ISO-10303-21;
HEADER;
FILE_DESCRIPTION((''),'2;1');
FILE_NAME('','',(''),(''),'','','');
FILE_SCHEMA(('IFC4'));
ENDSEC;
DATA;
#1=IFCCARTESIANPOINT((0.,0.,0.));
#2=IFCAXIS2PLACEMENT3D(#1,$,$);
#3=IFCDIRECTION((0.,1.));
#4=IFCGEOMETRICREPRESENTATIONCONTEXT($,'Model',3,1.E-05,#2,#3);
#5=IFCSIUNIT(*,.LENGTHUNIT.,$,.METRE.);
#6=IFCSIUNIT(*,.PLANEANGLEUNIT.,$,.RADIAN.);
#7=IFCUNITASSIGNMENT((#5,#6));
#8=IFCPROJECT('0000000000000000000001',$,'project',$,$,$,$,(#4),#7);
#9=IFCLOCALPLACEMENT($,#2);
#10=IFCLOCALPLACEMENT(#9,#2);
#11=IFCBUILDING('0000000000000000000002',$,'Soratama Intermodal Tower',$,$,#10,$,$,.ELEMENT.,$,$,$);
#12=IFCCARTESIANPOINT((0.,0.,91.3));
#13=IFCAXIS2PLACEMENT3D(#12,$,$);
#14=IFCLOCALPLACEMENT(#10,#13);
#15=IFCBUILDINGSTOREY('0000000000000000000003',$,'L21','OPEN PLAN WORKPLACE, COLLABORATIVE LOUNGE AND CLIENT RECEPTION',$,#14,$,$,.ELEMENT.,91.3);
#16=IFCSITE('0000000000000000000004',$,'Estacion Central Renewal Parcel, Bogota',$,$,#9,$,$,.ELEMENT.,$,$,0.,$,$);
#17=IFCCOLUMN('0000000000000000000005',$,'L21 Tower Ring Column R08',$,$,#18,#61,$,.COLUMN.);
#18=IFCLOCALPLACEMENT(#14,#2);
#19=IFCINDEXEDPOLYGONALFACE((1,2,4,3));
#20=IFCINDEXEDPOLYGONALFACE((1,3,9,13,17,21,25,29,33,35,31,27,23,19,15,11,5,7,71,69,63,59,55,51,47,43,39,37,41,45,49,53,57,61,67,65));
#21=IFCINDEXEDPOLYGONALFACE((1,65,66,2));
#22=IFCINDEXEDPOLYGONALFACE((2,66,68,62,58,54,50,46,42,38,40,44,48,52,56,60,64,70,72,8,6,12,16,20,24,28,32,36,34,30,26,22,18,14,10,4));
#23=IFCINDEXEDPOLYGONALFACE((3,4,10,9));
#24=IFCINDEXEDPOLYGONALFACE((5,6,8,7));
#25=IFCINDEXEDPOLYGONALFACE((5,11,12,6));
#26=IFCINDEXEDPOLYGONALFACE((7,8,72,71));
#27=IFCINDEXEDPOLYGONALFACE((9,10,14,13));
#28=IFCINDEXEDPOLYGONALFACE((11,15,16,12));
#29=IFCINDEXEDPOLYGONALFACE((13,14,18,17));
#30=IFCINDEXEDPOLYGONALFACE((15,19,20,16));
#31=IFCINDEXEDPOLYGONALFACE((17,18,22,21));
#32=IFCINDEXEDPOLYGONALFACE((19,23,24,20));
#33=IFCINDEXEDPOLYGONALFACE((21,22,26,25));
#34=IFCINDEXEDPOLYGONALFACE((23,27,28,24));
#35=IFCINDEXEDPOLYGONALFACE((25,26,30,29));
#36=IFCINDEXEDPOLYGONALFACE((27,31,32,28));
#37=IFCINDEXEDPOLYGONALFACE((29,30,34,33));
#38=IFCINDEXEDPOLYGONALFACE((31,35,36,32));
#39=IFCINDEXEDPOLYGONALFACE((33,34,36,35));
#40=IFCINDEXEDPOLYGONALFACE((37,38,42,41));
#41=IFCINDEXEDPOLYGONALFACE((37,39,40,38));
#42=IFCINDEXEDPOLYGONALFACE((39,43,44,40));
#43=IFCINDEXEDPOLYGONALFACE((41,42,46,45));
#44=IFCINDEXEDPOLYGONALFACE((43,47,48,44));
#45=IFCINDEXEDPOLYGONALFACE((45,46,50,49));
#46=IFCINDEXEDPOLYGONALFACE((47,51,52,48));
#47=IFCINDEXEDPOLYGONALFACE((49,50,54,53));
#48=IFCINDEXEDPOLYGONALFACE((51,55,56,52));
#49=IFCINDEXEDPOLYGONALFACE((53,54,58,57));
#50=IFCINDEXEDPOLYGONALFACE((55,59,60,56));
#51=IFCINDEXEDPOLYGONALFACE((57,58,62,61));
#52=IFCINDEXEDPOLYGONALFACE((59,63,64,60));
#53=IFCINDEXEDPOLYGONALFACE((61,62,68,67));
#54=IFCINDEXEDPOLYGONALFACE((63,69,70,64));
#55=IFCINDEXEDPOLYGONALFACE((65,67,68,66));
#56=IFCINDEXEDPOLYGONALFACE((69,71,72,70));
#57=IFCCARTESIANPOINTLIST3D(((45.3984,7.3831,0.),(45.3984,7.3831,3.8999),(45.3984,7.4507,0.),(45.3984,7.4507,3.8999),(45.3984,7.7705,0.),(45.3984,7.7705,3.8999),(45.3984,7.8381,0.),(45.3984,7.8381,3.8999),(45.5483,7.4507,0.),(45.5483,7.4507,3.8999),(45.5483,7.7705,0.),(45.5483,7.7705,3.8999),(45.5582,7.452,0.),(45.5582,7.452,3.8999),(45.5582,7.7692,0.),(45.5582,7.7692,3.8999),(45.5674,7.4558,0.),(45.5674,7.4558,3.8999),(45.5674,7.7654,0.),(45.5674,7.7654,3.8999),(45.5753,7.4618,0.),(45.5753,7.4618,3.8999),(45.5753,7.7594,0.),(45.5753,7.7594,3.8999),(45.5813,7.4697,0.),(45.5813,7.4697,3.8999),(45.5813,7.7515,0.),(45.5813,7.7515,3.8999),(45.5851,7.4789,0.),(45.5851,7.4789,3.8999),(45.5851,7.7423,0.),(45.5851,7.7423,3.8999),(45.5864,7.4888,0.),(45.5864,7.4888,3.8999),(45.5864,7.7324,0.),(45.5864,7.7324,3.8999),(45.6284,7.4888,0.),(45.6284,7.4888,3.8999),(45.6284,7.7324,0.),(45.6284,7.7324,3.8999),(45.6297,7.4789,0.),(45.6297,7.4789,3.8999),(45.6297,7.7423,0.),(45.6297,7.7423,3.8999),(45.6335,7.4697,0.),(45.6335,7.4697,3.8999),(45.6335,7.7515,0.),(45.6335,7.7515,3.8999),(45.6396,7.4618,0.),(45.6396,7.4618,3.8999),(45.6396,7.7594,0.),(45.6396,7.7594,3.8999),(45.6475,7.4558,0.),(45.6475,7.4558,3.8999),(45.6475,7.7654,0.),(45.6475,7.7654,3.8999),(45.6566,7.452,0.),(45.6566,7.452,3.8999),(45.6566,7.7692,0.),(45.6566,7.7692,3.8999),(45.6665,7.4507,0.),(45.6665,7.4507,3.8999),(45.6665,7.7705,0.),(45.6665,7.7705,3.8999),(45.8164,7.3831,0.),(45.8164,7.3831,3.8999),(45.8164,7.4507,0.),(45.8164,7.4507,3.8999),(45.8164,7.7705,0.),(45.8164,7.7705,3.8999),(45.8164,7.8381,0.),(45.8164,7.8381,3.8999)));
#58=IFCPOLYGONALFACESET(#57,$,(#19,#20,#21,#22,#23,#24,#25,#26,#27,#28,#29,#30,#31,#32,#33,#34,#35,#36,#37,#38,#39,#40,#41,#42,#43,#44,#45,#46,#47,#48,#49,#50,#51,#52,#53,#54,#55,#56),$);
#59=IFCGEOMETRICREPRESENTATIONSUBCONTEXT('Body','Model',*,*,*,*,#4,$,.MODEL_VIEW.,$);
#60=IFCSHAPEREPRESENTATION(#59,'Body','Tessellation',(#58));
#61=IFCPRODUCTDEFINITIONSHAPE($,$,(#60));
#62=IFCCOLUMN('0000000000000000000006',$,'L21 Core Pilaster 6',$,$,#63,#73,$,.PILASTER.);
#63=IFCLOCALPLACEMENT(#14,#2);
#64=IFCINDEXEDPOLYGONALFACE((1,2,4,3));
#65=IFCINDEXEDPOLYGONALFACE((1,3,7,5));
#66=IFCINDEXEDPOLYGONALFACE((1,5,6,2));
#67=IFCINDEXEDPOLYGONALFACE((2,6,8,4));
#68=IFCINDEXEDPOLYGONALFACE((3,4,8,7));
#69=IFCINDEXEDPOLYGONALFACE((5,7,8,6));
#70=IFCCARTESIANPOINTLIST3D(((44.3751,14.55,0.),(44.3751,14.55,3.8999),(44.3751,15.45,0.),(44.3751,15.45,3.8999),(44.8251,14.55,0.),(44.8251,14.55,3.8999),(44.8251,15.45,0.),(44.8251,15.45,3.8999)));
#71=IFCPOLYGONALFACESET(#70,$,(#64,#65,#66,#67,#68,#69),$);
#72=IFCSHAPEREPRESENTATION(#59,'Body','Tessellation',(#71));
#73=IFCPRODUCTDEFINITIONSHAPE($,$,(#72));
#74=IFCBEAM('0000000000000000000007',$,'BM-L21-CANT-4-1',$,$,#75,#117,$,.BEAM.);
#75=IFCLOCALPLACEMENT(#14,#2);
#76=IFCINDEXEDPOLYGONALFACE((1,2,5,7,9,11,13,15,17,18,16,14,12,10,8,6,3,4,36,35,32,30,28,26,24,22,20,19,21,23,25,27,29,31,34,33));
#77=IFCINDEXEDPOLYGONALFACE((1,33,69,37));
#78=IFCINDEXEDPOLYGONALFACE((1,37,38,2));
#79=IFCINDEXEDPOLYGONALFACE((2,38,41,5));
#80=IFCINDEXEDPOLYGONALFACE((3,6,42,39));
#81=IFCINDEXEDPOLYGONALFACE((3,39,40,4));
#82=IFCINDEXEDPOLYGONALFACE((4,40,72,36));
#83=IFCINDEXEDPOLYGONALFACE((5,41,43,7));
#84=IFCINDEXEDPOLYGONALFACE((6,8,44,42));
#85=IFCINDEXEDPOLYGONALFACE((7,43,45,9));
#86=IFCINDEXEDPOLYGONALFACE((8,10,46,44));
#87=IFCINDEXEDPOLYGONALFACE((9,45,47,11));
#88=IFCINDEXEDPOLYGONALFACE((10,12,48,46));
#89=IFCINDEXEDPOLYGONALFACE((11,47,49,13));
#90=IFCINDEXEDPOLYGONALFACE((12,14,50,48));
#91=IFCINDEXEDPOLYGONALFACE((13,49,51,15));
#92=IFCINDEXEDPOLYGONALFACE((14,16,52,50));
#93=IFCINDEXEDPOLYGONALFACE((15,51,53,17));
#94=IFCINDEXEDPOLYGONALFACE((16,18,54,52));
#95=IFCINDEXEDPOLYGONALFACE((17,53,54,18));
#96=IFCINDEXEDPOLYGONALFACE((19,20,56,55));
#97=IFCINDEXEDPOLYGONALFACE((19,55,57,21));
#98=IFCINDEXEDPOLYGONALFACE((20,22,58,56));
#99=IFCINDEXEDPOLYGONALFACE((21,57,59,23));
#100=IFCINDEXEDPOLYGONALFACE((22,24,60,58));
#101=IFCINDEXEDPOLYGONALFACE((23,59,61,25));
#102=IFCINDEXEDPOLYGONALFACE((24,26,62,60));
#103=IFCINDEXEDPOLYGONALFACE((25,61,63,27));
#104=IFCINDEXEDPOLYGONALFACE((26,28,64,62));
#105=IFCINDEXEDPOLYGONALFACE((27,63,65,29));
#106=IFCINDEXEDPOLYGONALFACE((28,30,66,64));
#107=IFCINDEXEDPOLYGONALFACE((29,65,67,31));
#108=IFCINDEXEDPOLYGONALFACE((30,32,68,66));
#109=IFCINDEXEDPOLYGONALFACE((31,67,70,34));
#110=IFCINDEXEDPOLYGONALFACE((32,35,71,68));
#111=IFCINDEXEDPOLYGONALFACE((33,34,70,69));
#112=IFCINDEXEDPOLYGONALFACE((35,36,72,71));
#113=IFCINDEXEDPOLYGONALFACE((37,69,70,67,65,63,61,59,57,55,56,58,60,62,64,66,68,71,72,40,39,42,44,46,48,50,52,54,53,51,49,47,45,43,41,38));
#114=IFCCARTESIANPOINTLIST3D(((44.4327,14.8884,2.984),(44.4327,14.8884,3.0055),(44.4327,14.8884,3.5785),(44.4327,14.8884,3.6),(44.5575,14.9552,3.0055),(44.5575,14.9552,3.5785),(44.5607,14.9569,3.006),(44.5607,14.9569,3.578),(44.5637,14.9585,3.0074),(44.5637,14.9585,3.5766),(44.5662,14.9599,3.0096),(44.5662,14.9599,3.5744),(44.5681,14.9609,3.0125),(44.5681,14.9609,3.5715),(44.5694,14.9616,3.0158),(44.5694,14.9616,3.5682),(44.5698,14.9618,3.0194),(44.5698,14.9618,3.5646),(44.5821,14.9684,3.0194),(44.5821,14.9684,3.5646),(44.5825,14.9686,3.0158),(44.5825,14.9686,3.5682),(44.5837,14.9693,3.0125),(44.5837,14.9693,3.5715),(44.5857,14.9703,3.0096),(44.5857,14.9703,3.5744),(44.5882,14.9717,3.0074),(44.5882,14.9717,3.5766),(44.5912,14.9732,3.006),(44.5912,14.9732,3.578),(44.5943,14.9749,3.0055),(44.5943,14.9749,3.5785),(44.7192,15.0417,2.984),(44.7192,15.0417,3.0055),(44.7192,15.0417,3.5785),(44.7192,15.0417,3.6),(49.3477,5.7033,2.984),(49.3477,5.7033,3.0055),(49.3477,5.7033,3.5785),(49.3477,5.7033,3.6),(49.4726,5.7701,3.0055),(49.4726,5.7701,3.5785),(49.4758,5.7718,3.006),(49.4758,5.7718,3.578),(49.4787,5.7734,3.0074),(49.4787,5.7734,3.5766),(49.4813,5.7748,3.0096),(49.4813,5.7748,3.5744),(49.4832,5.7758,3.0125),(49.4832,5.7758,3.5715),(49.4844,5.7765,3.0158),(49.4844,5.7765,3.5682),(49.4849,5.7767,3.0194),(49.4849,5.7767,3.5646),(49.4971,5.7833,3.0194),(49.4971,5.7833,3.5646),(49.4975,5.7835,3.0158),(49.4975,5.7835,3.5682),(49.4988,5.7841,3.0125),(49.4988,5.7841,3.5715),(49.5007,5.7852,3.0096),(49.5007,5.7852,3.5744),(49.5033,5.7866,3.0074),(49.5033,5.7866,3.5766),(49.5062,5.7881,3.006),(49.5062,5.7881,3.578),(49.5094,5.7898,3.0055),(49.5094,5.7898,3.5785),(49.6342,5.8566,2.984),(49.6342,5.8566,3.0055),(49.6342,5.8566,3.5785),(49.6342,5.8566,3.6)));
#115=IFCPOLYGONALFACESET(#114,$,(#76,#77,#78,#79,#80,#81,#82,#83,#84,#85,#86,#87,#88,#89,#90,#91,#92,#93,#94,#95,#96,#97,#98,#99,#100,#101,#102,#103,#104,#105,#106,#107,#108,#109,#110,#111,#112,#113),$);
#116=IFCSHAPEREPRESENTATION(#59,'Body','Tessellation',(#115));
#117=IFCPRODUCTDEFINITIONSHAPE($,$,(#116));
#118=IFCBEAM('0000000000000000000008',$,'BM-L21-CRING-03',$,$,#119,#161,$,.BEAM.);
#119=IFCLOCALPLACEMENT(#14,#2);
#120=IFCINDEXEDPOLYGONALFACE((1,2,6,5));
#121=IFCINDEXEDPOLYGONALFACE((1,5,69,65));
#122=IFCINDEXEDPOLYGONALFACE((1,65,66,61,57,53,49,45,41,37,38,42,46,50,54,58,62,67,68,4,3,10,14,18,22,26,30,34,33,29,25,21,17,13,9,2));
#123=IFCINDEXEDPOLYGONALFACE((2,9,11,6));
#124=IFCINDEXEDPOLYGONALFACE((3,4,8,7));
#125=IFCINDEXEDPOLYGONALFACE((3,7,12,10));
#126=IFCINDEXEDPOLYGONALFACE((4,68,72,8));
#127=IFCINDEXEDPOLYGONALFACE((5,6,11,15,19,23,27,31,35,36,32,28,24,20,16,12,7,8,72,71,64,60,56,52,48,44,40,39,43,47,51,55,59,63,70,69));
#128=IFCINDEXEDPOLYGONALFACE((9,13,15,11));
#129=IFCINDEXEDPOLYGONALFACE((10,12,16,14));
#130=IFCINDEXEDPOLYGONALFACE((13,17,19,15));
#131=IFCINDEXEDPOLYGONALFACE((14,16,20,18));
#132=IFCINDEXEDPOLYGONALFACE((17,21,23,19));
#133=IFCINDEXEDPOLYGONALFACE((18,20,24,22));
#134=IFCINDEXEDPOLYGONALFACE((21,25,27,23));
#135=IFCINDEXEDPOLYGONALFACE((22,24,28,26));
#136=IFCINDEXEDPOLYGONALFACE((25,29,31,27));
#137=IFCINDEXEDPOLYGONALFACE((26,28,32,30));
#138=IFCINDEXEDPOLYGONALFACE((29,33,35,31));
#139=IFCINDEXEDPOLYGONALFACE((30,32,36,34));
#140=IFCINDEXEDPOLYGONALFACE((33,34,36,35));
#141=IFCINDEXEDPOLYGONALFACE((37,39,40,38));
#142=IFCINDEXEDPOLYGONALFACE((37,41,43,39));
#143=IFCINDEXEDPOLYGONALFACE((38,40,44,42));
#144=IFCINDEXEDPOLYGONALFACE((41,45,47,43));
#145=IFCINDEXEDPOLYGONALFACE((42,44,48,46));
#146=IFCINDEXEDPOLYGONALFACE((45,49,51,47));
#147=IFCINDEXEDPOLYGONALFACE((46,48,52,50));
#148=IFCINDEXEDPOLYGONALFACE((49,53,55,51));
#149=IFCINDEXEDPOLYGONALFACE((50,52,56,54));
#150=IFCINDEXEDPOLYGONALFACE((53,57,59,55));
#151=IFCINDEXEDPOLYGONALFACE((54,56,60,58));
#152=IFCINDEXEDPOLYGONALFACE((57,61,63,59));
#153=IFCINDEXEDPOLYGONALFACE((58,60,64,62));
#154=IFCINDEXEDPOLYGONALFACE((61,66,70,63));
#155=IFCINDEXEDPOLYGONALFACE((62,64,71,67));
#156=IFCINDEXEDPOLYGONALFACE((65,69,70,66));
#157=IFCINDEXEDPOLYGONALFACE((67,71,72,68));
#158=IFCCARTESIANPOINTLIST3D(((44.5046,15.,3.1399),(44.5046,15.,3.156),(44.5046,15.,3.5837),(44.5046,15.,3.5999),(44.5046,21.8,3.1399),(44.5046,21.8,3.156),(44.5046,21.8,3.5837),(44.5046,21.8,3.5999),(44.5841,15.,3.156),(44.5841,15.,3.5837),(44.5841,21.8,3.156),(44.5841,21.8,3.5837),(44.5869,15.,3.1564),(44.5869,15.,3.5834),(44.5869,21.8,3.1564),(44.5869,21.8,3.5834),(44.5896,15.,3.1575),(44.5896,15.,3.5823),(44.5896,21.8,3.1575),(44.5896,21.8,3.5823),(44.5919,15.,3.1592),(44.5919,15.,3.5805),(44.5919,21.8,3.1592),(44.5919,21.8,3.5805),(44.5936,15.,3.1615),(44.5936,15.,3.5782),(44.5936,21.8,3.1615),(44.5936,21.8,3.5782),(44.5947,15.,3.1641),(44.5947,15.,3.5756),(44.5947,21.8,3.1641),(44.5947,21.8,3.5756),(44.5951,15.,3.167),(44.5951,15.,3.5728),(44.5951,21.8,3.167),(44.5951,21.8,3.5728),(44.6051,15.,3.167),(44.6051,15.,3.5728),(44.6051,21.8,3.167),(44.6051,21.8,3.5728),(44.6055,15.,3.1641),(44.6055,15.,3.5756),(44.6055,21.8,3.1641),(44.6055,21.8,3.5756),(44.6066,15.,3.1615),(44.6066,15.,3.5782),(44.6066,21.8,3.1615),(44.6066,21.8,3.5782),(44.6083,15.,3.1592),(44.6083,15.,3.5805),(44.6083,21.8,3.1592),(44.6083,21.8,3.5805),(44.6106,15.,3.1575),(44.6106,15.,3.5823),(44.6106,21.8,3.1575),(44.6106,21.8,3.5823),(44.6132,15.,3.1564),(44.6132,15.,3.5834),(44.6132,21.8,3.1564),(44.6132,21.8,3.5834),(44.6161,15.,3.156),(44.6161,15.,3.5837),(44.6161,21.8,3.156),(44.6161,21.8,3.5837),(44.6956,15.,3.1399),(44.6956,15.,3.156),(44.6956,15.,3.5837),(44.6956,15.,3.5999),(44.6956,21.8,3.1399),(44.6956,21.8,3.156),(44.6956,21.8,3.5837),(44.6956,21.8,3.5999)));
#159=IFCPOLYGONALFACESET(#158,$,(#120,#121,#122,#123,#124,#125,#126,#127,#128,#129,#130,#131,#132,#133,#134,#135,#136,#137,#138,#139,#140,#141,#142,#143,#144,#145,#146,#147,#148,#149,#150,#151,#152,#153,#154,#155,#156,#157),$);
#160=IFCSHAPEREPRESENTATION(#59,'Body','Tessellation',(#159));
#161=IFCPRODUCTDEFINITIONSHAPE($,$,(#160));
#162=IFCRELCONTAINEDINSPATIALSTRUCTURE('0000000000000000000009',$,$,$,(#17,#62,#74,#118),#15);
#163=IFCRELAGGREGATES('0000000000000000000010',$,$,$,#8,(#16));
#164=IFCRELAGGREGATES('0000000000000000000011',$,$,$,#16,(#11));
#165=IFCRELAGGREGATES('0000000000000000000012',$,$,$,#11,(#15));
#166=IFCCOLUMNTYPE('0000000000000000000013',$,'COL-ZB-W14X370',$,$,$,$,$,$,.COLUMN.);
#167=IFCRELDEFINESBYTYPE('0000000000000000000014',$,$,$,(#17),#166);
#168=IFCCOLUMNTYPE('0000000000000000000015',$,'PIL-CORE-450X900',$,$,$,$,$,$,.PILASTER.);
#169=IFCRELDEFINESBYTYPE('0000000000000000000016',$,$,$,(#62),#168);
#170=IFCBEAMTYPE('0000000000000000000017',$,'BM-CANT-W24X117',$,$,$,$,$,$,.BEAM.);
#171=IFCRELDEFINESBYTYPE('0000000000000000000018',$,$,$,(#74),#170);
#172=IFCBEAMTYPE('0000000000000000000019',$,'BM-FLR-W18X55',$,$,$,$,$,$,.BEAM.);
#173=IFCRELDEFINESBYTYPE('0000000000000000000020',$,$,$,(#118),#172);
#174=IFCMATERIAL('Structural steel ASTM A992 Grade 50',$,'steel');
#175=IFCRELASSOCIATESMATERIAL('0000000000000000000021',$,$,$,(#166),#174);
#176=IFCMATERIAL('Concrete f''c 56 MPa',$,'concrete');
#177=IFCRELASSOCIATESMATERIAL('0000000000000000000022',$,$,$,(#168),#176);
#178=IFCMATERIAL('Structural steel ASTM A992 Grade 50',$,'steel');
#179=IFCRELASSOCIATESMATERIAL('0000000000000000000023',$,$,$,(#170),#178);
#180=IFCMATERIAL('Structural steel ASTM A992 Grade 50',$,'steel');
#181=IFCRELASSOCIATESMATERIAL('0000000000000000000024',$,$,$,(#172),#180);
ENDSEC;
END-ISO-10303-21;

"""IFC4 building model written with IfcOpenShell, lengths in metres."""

from ifc_helpers import new_model, si_unit, direction, frame, origin, origin_2d, place, context, subcontext, project, spatial, rectangle, i_section, extrude, material, material_profile, profile_set, type_object, element, save


model = new_model("IFC4")

# Units and contexts
model_context = context("Model", 3, precision=1e-05, world=origin(), true_north=direction((0.0, 1.0)))
body_context = subcontext(model_context, "Body", "Model", "MODEL_VIEW")
ifc_project = project(units=[si_unit("LENGTHUNIT", "METRE"), si_unit("PLANEANGLEUNIT", "RADIAN")], contexts=[model_context])

# Site, building, storey
site_placement = place(None, origin())
site = spatial("IfcSite", under=ifc_project, at=site_placement, Name="Estacion Central Renewal Parcel, Bogota", CompositionType="ELEMENT", RefElevation=0.0)
building_placement = place(site_placement, origin())
building = spatial("IfcBuilding", under=site, at=building_placement, Name="Soratama Intermodal Tower", CompositionType="ELEMENT")
storey_placement = place(building_placement, frame((0.0, 0.0, 91.3)))
storey = spatial("IfcBuildingStorey", under=building, at=storey_placement, Name="L21", Description="OPEN PLAN WORKPLACE, COLLABORATIVE LOUNGE AND CLIENT RECEPTION", CompositionType="ELEMENT", Elevation=91.3)

# Columns
ifc_material_1 = material(Name="Structural steel ASTM A992 Grade 50", Category="steel")
ifc_material_profile_1 = material_profile(ifc_material_1, i_section(OverallWidth=0.418, OverallDepth=0.4551, WebThickness=0.042, FlangeThickness=0.0676, FilletRadius=0.0381, at=origin_2d()), Name="W14X370")
ifc_profile_set_1 = profile_set([ifc_material_profile_1], Name="Structural steel ASTM A992 Grade 50")
column_type_1 = type_object("IfcColumnType", Name="COL-ZB-W14X370", PredefinedType="COLUMN", material=ifc_profile_set_1)
column_1_placement = place(storey_placement, frame((45.6074, 7.6106, 0.0), z_axis=(0.0, 0.0, 1.0), x_axis=(1.0, 0.0, 0.0)))
element("IfcColumn", 1, at=column_1_placement, inside=storey, type_object=column_type_1, Name="L21 Tower Ring Column R08", PredefinedType="COLUMN", context=body_context, shape_type="SweptSolid", body=[
    extrude(i_section(OverallWidth=0.418, OverallDepth=0.4551, WebThickness=0.042, FlangeThickness=0.0676, FilletRadius=0.0381, at=origin_2d()), origin(), (0.0, 0.0, 1.0), 3.8999),
])
ifc_material_2 = material(Name="Concrete f'c 56 MPa", Category="concrete")
ifc_material_profile_2 = material_profile(ifc_material_2, rectangle(XDim=0.45, YDim=0.8999, at=origin_2d()), Name="RC450X900")
ifc_profile_set_2 = profile_set([ifc_material_profile_2], Name="Concrete f'c 56 MPa")
column_type_2 = type_object("IfcColumnType", Name="PIL-CORE-450X900", PredefinedType="PILASTER", material=ifc_profile_set_2)
column_2_placement = place(storey_placement, frame((44.6001, 15.0, 0.0), z_axis=(0.0, 0.0, 1.0), x_axis=(1.0, 0.0, 0.0)))
element("IfcColumn", 2, at=column_2_placement, inside=storey, type_object=column_type_2, Name="L21 Core Pilaster 6", PredefinedType="PILASTER", context=body_context, shape_type="SweptSolid", body=[
    extrude(rectangle(XDim=0.45, YDim=0.8999, at=origin_2d()), origin(), (0.0, 0.0, 1.0), 3.8999),
])

# Beams
ifc_material_3 = material(Name="Structural steel ASTM A992 Grade 50", Category="steel")
ifc_material_profile_3 = material_profile(ifc_material_3, i_section(OverallWidth=0.325, OverallDepth=0.616, WebThickness=0.0139, FlangeThickness=0.0215, FilletRadius=0.0139, at=origin_2d()), Name="W24X117")
ifc_profile_set_3 = profile_set([ifc_material_profile_3], Name="Structural steel ASTM A992 Grade 50")
beam_type_1 = type_object("IfcBeamType", Name="BM-CANT-W24X117", PredefinedType="BEAM", material=ifc_profile_set_3)
beam_1_placement = place(storey_placement, frame((44.5759, 14.9651, 3.292), z_axis=(0.471809, -0.881701, 0.0), x_axis=(0.881701, 0.471809, 0.0)))
element("IfcBeam", 3, at=beam_1_placement, inside=storey, type_object=beam_type_1, Name="BM-L21-CANT-4-1", PredefinedType="BEAM", context=body_context, shape_type="SweptSolid", body=[
    extrude(i_section(OverallWidth=0.325, OverallDepth=0.616, WebThickness=0.0139, FlangeThickness=0.0215, FilletRadius=0.0139, at=origin_2d()), origin(), (0.0, 0.0, 1.0), 10.4175),
])
ifc_material_4 = material(Name="Structural steel ASTM A992 Grade 50", Category="steel")
ifc_material_profile_4 = material_profile(ifc_material_4, i_section(OverallWidth=0.1909, OverallDepth=0.46, WebThickness=0.01, FlangeThickness=0.0161, FilletRadius=0.011, at=origin_2d()), Name="W18X55")
ifc_profile_set_4 = profile_set([ifc_material_profile_4], Name="Structural steel ASTM A992 Grade 50")
beam_type_2 = type_object("IfcBeamType", Name="BM-FLR-W18X55", PredefinedType="BEAM", material=ifc_profile_set_4)
beam_2_placement = place(storey_placement, frame((44.6001, 15.0, 3.3699), z_axis=(0.0, 1.0, 0.0), x_axis=(-1.0, 0.0, 0.0)))
element("IfcBeam", 4, at=beam_2_placement, inside=storey, type_object=beam_type_2, Name="BM-L21-CRING-03", PredefinedType="BEAM", context=body_context, shape_type="SweptSolid", body=[
    extrude(i_section(OverallWidth=0.1909, OverallDepth=0.46, WebThickness=0.01, FlangeThickness=0.0161, FilletRadius=0.011, at=origin_2d()), origin(), (0.0, 0.0, 1.0), 6.8),
])

save(model, "model.ifc")
